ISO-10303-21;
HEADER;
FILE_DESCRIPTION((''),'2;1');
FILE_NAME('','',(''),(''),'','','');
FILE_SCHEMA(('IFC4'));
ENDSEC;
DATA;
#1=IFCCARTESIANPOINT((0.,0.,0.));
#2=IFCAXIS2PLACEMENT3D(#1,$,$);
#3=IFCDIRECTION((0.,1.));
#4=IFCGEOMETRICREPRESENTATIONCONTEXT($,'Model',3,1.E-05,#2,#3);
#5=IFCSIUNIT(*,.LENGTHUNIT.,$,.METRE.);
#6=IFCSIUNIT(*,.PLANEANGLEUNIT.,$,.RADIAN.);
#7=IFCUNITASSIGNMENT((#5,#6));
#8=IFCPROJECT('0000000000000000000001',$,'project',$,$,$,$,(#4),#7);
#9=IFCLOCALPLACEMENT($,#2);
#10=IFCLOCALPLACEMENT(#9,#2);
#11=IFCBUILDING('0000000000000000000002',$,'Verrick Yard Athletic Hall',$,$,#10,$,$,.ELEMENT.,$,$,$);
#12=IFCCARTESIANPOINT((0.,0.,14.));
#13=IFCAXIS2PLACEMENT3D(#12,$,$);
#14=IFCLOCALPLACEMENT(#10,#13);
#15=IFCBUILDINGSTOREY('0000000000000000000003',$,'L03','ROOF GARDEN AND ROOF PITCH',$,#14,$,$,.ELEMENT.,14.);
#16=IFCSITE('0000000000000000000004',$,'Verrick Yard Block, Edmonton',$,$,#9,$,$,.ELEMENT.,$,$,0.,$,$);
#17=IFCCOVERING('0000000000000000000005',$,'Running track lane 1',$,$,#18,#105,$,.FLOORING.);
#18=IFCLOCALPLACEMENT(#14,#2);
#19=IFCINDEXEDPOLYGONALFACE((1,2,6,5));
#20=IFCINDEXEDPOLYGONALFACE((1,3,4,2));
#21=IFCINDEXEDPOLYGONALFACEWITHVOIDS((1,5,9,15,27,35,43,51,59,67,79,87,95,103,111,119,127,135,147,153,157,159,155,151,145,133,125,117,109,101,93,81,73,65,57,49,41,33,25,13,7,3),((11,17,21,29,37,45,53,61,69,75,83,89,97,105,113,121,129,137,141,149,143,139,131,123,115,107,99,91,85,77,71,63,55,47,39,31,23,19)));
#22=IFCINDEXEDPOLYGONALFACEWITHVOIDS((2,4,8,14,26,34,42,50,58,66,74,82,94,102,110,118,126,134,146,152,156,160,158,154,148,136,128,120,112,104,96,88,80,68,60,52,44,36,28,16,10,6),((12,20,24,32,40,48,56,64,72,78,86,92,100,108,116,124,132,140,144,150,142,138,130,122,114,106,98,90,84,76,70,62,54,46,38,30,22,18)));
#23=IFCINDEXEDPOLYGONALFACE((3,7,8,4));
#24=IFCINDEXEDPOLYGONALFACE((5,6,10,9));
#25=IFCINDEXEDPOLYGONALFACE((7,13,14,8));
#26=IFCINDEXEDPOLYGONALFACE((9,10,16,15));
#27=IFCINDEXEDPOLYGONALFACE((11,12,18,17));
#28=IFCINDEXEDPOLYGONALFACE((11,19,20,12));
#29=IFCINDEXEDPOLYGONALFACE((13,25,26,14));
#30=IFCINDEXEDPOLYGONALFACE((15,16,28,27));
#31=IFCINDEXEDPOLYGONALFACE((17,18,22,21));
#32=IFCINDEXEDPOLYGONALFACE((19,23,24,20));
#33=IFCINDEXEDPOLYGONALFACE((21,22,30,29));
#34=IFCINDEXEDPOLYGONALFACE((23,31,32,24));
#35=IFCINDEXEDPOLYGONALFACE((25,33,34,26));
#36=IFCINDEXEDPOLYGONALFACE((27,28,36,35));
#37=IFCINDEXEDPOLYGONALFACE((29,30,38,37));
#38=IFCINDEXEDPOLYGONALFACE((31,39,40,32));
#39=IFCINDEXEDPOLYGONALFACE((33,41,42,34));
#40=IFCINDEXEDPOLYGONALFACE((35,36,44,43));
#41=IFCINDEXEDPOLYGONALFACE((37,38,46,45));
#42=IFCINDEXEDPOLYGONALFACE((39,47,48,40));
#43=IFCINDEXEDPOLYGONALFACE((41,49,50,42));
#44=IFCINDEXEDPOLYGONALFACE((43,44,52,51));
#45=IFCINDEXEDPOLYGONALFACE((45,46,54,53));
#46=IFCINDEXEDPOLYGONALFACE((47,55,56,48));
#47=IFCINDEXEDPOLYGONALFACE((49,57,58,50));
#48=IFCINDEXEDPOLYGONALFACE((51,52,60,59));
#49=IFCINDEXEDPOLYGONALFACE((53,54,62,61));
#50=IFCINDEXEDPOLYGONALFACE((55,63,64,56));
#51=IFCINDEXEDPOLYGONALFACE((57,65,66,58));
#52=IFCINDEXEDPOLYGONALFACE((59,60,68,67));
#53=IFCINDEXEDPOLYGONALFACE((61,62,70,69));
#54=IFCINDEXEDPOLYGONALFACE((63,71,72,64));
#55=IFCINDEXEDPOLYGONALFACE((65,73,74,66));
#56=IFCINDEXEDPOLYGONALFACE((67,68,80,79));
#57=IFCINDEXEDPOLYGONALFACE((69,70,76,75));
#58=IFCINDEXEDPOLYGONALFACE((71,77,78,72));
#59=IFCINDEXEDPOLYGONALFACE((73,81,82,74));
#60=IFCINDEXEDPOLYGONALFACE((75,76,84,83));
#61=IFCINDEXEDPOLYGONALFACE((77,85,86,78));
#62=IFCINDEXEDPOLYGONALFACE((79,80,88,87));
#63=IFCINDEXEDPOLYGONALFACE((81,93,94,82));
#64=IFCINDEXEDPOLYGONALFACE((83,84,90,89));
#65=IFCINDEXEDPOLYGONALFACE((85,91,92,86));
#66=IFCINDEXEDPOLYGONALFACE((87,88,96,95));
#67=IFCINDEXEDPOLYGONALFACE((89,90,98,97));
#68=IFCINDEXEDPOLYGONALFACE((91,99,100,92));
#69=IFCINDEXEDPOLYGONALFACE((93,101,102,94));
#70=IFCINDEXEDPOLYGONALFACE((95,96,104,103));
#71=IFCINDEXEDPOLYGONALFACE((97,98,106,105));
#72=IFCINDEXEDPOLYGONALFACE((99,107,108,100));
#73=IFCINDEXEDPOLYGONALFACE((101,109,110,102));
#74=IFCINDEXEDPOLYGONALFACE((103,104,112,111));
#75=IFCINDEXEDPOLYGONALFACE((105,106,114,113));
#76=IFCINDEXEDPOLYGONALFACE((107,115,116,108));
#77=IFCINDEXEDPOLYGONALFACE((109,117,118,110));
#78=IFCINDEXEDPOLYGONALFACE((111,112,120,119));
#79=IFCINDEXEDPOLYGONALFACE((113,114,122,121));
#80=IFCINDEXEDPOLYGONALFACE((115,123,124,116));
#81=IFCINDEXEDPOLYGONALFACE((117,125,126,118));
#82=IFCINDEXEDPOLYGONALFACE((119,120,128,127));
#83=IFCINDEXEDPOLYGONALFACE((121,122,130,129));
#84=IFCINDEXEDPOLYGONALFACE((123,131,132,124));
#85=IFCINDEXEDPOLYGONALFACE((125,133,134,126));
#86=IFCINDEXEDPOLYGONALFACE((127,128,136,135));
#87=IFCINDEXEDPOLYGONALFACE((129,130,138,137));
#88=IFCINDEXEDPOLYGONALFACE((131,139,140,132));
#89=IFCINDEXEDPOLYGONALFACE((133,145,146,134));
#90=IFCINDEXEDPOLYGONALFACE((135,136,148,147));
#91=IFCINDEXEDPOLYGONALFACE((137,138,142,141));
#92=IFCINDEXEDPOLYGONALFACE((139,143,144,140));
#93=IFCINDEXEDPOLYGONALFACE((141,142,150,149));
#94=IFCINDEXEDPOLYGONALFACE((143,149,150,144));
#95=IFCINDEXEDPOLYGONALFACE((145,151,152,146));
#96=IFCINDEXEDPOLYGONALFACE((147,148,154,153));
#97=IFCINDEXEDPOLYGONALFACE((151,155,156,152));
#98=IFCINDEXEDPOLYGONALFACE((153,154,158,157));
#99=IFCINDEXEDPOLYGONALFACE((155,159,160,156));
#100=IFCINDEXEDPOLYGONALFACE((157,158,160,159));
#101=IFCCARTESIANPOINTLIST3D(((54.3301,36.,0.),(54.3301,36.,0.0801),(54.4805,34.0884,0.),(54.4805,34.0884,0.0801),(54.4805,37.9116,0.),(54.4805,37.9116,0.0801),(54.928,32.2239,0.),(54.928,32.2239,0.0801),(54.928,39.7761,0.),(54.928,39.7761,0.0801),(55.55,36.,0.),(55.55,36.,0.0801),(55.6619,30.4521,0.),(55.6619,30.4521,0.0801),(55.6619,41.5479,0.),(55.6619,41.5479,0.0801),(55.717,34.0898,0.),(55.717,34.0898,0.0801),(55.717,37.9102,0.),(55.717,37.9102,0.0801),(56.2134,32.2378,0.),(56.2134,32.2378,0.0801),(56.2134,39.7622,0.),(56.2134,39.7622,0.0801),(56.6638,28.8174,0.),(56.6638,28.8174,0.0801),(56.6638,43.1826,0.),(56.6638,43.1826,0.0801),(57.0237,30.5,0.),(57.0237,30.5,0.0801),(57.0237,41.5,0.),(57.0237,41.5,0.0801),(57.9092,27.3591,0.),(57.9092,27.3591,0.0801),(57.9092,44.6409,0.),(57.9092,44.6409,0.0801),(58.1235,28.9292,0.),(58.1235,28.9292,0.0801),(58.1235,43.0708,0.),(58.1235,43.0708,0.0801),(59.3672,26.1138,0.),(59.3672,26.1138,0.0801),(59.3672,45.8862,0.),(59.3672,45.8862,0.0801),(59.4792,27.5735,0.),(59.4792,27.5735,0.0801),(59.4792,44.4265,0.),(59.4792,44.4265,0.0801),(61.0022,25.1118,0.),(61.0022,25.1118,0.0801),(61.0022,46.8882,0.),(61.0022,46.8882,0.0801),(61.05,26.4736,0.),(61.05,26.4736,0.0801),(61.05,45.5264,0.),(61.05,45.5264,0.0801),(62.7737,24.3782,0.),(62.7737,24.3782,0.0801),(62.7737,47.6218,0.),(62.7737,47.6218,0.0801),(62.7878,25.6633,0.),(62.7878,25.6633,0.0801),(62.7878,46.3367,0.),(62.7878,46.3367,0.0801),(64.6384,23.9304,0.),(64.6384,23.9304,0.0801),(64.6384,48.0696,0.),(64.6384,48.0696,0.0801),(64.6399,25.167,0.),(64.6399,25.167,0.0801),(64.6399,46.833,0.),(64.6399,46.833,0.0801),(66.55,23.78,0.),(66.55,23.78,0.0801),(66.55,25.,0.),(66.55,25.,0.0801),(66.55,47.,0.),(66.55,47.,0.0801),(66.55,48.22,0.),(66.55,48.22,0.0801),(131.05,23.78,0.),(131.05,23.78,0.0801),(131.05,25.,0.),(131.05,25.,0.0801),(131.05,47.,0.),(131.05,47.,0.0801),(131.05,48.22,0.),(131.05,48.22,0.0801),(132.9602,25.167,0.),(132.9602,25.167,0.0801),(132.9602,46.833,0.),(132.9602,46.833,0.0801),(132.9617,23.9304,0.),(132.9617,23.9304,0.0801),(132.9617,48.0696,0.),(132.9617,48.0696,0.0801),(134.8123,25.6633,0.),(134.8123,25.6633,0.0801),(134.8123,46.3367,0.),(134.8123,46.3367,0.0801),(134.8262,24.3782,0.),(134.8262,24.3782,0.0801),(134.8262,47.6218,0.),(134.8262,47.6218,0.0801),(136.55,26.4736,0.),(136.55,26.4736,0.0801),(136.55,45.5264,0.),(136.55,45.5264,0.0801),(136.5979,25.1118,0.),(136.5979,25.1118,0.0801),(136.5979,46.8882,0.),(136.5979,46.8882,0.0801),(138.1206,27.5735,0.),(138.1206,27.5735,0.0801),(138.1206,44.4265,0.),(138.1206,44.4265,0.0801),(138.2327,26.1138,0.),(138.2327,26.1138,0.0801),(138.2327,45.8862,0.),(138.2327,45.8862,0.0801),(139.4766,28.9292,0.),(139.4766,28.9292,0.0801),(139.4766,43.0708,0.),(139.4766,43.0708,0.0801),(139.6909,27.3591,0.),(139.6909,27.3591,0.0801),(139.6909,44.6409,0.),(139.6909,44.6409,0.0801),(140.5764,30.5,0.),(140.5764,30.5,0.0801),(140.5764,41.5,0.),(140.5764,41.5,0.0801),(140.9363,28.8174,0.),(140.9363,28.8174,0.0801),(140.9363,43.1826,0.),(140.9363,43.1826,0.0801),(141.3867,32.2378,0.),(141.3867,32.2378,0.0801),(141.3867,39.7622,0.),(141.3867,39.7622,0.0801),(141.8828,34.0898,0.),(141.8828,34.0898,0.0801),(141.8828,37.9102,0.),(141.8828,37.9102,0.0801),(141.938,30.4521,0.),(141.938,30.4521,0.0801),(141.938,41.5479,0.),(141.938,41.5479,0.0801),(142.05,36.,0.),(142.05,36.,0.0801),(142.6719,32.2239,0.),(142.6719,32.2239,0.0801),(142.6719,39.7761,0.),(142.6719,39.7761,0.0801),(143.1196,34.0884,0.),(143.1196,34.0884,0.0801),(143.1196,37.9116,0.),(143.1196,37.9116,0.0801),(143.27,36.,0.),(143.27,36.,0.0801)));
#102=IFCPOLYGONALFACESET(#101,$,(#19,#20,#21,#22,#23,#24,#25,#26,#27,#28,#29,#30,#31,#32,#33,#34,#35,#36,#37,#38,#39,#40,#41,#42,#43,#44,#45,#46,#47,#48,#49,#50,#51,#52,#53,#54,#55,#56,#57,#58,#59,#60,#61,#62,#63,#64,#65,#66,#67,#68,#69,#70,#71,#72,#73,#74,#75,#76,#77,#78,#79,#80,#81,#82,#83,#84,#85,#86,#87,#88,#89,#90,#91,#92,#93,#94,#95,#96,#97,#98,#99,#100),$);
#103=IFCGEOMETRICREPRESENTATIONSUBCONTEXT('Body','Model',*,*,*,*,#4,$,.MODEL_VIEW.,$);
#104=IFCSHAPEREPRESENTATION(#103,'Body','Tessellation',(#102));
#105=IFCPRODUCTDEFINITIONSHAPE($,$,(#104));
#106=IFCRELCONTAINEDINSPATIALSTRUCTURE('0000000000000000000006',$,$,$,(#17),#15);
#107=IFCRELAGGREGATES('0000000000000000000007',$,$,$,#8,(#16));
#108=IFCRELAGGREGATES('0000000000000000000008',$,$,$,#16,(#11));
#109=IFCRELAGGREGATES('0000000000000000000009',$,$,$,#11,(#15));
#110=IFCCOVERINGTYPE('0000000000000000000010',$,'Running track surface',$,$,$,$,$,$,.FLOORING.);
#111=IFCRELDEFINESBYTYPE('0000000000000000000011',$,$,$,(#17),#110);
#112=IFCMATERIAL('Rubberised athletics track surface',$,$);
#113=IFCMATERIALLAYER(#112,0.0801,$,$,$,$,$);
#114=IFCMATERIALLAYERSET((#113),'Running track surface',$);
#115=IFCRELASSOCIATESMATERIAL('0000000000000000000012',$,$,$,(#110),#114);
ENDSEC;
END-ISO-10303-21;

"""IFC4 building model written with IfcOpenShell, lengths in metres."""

from ifc_helpers import new_model, si_unit, direction, frame, origin, place, context, subcontext, project, spatial, polyline, outline, extrude, material, layer, layer_set, type_object, element, save


model = new_model("IFC4")

# Units and contexts
model_context = context("Model", 3, precision=1e-05, world=origin(), true_north=direction((0.0, 1.0)))
body_context = subcontext(model_context, "Body", "Model", "MODEL_VIEW")
ifc_project = project(units=[si_unit("LENGTHUNIT", "METRE"), si_unit("PLANEANGLEUNIT", "RADIAN")], contexts=[model_context])

# Site, building, storey
site_placement = place(None, origin())
site = spatial("IfcSite", under=ifc_project, at=site_placement, Name="Verrick Yard Block, Edmonton", CompositionType="ELEMENT", RefElevation=0.0)
building_placement = place(site_placement, origin())
building = spatial("IfcBuilding", under=site, at=building_placement, Name="Verrick Yard Athletic Hall", CompositionType="ELEMENT")
storey_placement = place(building_placement, frame((0.0, 0.0, 14.0)))
storey = spatial("IfcBuildingStorey", under=building, at=storey_placement, Name="L03", Description="ROOF GARDEN AND ROOF PITCH", CompositionType="ELEMENT", Elevation=14.0)

# Covering
ifc_material_1 = material(Name="Rubberised athletics track surface")
ifc_layer_1 = layer(ifc_material_1, 0.0801)
ifc_layer_set_1 = layer_set([ifc_layer_1], Name="Running track surface")
covering_type_1 = type_object("IfcCoveringType", Name="Running track surface", PredefinedType="FLOORING", material=ifc_layer_set_1)
covering_1_placement = place(storey_placement, origin())
element("IfcCovering", 1, at=covering_1_placement, inside=storey, type_object=covering_type_1, Name="Running track lane 1", PredefinedType="FLOORING", context=body_context, shape_type="SweptSolid", body=[
    extrude(outline(polyline([(66.55, 23.78), (131.05, 23.78), (132.9617, 23.9304), (134.8262, 24.3782), (136.5979, 25.1118), (138.2327, 26.1138), (139.6909, 27.3591), (140.9363, 28.8174), (141.938, 30.4521), (142.6719, 32.2239), (143.1196, 34.0884), (143.27, 36.0), (143.1196, 37.9116), (142.6719, 39.7761), (141.938, 41.5479), (140.9363, 43.1826), (139.6909, 44.6409), (138.2327, 45.8862), (136.5979, 46.8882), (134.8262, 47.6218), (132.9617, 48.0696), (131.05, 48.22), (66.55, 48.22), (64.6384, 48.0696), (62.7737, 47.6218), (61.0022, 46.8882), (59.3672, 45.8862), (57.9092, 44.6409), (56.6638, 43.1826), (55.6619, 41.5479), (54.928, 39.7761), (54.4805, 37.9116), (54.3301, 36.0), (54.4805, 34.0884), (54.928, 32.2239), (55.6619, 30.4521), (56.6638, 28.8174), (57.9092, 27.3591), (59.3672, 26.1138), (61.0022, 25.1118), (62.7737, 24.3782), (64.6384, 23.9304), (66.55, 23.78)]), holes=[polyline([(66.55, 25.0), (131.05, 25.0), (132.9602, 25.167), (134.8123, 25.6633), (136.55, 26.4736), (138.1206, 27.5735), (139.4766, 28.9292), (140.5764, 30.5), (141.3867, 32.2378), (141.8828, 34.0898), (142.05, 36.0), (141.8828, 37.9102), (141.3867, 39.7622), (140.5764, 41.5), (139.4766, 43.0708), (138.1206, 44.4265), (136.55, 45.5264), (134.8123, 46.3367), (132.9602, 46.833), (131.05, 47.0), (66.55, 47.0), (64.6399, 46.833), (62.7878, 46.3367), (61.05, 45.5264), (59.4792, 44.4265), (58.1235, 43.0708), (57.0237, 41.5), (56.2134, 39.7622), (55.717, 37.9102), (55.55, 36.0), (55.717, 34.0898), (56.2134, 32.2378), (57.0237, 30.5), (58.1235, 28.9292), (59.4792, 27.5735), (61.05, 26.4736), (62.7878, 25.6633), (64.6399, 25.167), (66.55, 25.0)])]), origin(), (0.0, 0.0, 1.0), 0.0801),
])

save(model, "model.ifc")
